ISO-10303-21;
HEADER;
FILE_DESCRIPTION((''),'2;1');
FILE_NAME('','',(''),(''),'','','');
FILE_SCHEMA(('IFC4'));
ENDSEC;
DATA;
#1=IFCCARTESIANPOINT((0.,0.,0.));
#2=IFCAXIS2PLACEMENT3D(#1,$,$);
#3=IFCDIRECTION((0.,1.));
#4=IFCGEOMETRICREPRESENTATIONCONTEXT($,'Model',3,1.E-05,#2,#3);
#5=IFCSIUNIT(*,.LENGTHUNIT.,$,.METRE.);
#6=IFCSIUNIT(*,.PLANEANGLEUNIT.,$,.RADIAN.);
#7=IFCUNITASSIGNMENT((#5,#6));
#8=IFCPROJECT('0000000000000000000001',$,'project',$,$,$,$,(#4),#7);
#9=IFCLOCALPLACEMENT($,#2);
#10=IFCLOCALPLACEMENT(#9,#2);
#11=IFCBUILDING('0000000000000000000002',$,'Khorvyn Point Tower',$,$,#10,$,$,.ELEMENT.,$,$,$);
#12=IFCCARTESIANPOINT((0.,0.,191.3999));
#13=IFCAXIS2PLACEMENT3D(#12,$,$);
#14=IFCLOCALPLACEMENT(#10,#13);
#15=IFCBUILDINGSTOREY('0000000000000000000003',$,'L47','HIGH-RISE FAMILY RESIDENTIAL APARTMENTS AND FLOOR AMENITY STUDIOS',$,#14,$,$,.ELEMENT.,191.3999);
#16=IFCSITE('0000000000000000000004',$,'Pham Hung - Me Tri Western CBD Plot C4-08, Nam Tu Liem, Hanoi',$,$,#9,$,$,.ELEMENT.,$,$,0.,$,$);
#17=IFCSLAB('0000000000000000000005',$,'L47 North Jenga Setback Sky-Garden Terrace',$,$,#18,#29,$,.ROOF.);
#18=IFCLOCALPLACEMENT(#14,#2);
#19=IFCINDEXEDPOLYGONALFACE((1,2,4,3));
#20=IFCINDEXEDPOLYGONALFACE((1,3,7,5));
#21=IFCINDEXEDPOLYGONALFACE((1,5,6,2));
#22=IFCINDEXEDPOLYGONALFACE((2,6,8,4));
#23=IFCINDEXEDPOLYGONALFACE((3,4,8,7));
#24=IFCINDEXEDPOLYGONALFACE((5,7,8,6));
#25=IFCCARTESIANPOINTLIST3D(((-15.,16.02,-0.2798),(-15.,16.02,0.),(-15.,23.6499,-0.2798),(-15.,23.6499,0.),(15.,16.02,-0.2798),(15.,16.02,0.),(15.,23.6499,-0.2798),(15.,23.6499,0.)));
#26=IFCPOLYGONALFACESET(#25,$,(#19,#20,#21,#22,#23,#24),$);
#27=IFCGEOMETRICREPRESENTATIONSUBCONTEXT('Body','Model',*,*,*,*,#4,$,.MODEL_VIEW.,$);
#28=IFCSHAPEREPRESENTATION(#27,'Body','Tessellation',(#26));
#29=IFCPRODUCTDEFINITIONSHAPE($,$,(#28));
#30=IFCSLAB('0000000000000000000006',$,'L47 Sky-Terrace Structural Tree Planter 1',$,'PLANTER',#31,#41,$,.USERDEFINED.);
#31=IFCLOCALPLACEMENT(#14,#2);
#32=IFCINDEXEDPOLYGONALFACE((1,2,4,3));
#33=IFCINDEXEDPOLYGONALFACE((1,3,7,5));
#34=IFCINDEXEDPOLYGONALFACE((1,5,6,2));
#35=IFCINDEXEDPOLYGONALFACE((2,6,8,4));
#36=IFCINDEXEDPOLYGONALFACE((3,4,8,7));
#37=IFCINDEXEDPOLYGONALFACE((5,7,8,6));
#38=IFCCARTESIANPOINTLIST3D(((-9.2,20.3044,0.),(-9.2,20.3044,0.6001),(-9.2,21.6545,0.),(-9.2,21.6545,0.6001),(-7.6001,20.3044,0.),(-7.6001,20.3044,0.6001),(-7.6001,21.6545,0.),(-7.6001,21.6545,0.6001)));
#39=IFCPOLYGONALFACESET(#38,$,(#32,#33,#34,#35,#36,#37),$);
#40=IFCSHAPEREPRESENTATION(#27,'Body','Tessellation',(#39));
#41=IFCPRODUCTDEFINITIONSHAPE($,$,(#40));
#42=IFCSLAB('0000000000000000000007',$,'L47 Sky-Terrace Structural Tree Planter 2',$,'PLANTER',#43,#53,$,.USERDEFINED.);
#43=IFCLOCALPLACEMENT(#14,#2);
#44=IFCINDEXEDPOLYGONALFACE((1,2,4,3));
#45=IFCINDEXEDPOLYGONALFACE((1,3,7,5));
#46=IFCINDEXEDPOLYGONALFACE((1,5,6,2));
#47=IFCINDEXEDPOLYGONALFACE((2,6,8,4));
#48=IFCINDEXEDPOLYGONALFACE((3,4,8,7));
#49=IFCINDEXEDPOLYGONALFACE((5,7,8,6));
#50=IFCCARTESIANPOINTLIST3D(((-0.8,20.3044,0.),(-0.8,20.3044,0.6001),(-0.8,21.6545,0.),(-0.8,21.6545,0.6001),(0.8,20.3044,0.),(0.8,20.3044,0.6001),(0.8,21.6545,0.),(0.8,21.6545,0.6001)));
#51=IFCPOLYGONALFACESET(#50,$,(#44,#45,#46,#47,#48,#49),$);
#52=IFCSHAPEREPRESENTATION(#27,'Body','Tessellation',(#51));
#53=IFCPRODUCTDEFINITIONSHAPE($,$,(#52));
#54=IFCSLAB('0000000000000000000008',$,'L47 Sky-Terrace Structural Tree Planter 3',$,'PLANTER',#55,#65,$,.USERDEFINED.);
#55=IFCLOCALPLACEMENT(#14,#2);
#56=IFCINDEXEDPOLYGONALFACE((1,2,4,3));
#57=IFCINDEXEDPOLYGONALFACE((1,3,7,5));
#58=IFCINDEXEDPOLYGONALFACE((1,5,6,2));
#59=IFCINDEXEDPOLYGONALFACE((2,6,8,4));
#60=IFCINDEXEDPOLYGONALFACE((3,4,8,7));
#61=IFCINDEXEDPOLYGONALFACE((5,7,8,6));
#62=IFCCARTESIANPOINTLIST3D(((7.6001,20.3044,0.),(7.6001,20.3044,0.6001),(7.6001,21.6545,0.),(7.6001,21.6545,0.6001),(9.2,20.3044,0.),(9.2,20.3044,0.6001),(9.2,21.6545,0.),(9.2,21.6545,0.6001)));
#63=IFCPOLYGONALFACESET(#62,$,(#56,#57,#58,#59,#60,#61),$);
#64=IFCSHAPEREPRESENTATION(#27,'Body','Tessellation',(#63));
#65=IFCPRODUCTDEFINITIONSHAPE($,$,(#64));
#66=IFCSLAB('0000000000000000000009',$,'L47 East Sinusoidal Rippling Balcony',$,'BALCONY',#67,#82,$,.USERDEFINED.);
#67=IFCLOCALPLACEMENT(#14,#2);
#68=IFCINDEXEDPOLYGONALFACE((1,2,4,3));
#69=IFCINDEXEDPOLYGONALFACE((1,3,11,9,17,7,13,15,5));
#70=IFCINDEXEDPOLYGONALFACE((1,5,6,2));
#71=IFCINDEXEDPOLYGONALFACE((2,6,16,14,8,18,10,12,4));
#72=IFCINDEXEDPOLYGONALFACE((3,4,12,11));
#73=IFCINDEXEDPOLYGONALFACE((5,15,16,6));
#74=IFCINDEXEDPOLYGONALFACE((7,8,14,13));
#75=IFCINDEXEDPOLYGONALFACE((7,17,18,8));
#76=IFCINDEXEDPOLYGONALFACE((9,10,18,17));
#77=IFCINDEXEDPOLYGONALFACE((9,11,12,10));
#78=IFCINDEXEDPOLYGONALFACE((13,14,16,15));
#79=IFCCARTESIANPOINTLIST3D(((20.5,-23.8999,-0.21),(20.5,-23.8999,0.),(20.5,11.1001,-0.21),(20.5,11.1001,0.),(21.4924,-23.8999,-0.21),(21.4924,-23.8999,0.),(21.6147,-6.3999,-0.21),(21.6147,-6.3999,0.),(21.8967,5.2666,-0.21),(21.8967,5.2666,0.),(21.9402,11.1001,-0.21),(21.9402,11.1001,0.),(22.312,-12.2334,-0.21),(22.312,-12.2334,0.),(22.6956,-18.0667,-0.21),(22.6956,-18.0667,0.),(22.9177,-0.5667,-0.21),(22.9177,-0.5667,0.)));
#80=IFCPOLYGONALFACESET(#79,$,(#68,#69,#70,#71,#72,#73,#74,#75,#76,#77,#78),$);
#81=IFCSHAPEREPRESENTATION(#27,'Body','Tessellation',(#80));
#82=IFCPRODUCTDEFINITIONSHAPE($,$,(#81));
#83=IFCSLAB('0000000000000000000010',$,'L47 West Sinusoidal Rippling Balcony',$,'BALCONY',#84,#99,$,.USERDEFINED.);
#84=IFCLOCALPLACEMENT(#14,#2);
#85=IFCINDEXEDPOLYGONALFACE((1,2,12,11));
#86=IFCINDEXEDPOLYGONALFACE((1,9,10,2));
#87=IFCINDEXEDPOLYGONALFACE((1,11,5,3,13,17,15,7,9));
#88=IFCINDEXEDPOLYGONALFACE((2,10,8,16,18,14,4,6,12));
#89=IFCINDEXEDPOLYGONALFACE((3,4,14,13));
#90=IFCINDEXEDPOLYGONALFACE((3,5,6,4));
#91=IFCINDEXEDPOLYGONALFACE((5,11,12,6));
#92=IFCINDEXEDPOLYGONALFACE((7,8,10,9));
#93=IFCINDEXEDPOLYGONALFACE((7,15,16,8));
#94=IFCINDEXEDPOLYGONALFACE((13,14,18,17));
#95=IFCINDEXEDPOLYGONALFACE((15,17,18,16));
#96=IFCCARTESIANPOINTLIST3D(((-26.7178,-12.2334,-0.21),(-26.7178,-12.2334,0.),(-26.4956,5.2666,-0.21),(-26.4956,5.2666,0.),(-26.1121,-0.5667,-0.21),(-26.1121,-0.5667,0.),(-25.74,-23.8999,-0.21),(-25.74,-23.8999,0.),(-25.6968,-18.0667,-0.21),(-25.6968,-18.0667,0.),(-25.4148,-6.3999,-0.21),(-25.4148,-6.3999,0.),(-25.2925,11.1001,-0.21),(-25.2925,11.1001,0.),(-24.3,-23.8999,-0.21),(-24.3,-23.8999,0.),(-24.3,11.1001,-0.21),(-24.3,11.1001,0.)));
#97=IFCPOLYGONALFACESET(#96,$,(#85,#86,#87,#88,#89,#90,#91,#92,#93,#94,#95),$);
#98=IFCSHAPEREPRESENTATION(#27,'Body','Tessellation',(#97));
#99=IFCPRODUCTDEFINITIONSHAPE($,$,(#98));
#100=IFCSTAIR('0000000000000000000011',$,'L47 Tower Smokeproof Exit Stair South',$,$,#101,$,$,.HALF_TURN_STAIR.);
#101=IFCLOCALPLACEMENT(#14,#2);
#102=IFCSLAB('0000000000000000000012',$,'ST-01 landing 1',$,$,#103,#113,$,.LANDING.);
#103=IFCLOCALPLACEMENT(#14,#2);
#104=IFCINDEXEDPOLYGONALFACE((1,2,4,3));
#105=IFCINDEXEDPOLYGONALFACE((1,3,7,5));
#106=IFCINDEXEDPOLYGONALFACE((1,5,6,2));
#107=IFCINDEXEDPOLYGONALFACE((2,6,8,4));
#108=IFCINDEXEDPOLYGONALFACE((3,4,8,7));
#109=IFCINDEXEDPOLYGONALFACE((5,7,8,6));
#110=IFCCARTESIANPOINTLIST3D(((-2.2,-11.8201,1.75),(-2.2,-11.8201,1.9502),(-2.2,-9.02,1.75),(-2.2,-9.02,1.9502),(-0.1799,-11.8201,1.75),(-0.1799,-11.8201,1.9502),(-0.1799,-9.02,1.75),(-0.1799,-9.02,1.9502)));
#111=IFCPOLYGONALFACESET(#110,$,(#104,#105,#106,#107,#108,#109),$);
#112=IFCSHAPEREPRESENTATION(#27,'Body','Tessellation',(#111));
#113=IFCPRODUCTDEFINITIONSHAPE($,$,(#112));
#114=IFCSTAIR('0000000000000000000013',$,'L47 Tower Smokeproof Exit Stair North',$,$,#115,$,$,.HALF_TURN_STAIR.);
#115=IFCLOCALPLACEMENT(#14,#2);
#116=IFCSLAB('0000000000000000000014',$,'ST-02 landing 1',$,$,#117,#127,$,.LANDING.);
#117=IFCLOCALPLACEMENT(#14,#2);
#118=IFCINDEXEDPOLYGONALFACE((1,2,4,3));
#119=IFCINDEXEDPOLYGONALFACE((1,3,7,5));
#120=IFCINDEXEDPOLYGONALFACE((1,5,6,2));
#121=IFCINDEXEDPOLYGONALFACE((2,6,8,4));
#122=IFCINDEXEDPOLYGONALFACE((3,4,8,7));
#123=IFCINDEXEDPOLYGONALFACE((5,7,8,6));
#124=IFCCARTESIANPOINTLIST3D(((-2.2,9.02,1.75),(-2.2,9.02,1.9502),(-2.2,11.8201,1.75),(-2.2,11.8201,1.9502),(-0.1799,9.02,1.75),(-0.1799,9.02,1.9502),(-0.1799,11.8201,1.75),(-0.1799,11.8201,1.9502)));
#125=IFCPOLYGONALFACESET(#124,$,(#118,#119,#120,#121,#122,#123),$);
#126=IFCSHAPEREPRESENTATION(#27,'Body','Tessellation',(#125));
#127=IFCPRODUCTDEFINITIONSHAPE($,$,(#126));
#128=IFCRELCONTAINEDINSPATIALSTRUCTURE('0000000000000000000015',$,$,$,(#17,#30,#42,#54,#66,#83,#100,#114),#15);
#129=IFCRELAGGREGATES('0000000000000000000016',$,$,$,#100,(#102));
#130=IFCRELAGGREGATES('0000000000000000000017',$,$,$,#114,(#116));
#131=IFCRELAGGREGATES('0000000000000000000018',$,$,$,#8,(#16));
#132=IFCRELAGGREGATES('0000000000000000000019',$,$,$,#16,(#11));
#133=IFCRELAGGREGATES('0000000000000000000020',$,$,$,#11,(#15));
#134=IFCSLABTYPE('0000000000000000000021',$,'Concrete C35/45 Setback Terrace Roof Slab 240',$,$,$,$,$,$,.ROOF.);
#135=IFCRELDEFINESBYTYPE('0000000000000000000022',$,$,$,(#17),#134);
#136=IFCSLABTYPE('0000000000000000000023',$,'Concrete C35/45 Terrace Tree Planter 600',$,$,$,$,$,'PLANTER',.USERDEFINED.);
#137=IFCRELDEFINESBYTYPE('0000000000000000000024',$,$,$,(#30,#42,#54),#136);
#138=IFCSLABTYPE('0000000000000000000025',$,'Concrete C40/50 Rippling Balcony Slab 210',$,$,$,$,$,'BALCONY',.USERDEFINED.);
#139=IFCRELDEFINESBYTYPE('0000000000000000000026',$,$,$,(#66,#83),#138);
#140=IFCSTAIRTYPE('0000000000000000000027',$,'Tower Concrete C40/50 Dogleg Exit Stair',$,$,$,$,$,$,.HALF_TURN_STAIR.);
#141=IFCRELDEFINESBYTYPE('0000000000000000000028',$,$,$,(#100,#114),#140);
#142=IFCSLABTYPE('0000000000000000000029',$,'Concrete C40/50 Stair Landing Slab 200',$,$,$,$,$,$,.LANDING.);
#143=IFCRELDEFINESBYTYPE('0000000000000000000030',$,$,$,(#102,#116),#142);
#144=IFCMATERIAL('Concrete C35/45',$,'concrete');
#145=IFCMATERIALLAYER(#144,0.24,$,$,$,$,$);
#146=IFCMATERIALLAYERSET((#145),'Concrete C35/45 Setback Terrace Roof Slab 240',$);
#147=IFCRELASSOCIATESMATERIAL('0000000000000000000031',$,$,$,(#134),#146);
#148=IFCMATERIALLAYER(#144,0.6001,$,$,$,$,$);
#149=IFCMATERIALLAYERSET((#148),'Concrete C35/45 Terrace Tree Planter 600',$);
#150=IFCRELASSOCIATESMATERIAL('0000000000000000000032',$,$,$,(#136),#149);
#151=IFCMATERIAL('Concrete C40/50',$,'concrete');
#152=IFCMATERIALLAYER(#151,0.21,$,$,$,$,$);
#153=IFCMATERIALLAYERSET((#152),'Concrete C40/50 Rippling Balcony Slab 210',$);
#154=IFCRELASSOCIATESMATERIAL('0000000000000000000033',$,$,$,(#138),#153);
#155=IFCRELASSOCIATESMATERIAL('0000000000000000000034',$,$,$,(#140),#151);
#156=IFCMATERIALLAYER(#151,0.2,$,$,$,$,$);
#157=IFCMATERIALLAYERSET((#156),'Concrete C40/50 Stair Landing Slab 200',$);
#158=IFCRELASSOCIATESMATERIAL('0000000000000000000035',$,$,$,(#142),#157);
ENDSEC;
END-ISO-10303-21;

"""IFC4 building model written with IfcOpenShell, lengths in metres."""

from ifc_helpers import new_model, si_unit, direction, frame, origin, place, context, subcontext, project, spatial, polyline, outline, extrude, material, layer, layer_set, type_object, element, aggregate, save


model = new_model("IFC4")

# Units and contexts
model_context = context("Model", 3, precision=1e-05, world=origin(), true_north=direction((0.0, 1.0)))
body_context = subcontext(model_context, "Body", "Model", "MODEL_VIEW")
ifc_project = project(units=[si_unit("LENGTHUNIT", "METRE"), si_unit("PLANEANGLEUNIT", "RADIAN")], contexts=[model_context])

# Site, building, storey
site_placement = place(None, origin())
site = spatial("IfcSite", under=ifc_project, at=site_placement, Name="Pham Hung - Me Tri Western CBD Plot C4-08, Nam Tu Liem, Hanoi", CompositionType="ELEMENT", RefElevation=0.0)
building_placement = place(site_placement, origin())
building = spatial("IfcBuilding", under=site, at=building_placement, Name="Khorvyn Point Tower", CompositionType="ELEMENT")
storey_placement = place(building_placement, frame((0.0, 0.0, 191.3999)))
storey = spatial("IfcBuildingStorey", under=building, at=storey_placement, Name="L47", Description="HIGH-RISE FAMILY RESIDENTIAL APARTMENTS AND FLOOR AMENITY STUDIOS", CompositionType="ELEMENT", Elevation=191.3999)

# Slabs
ifc_material_1 = material(Name="Concrete C35/45", Category="concrete")
ifc_layer_1 = layer(ifc_material_1, 0.24)
ifc_layer_set_1 = layer_set([ifc_layer_1], Name="Concrete C35/45 Setback Terrace Roof Slab 240")
slab_type_1 = type_object("IfcSlabType", Name="Concrete C35/45 Setback Terrace Roof Slab 240", PredefinedType="ROOF", material=ifc_layer_set_1)
slab_1_placement = place(storey_placement, frame((0.0, 0.0, -0.2798)))
element("IfcSlab", 1, at=slab_1_placement, inside=storey, type_object=slab_type_1, Name="L47 North Jenga Setback Sky-Garden Terrace", PredefinedType="ROOF", context=body_context, shape_type="SweptSolid", body=[
    extrude(outline(polyline([(-15.0, 16.02), (15.0, 16.02), (15.0, 23.6499), (-15.0, 23.6499), (-15.0, 16.02)])), origin(), (0.0, 0.0, 1.0), 0.2798),
])
ifc_layer_2 = layer(ifc_material_1, 0.6001)
ifc_layer_set_2 = layer_set([ifc_layer_2], Name="Concrete C35/45 Terrace Tree Planter 600")
slab_type_2 = type_object("IfcSlabType", Name="Concrete C35/45 Terrace Tree Planter 600", ElementType="PLANTER", PredefinedType="USERDEFINED", material=ifc_layer_set_2)
slab_2_placement = place(storey_placement, origin())
element("IfcSlab", 2, at=slab_2_placement, inside=storey, type_object=slab_type_2, Name="L47 Sky-Terrace Structural Tree Planter 1", ObjectType="PLANTER", PredefinedType="USERDEFINED", context=body_context, shape_type="SweptSolid", body=[
    extrude(outline(polyline([(-9.2, 20.3044), (-7.6001, 20.3044), (-7.6001, 21.6545), (-9.2, 21.6545), (-9.2, 20.3044)])), origin(), (0.0, 0.0, 1.0), 0.6001),
])
slab_3_placement = place(storey_placement, origin())
element("IfcSlab", 3, at=slab_3_placement, inside=storey, type_object=slab_type_2, Name="L47 Sky-Terrace Structural Tree Planter 2", ObjectType="PLANTER", PredefinedType="USERDEFINED", context=body_context, shape_type="SweptSolid", body=[
    extrude(outline(polyline([(-0.8, 20.3044), (0.8, 20.3044), (0.8, 21.6545), (-0.8, 21.6545), (-0.8, 20.3044)])), origin(), (0.0, 0.0, 1.0), 0.6001),
])
slab_4_placement = place(storey_placement, origin())
element("IfcSlab", 4, at=slab_4_placement, inside=storey, type_object=slab_type_2, Name="L47 Sky-Terrace Structural Tree Planter 3", ObjectType="PLANTER", PredefinedType="USERDEFINED", context=body_context, shape_type="SweptSolid", body=[
    extrude(outline(polyline([(7.6001, 20.3044), (9.2, 20.3044), (9.2, 21.6545), (7.6001, 21.6545), (7.6001, 20.3044)])), origin(), (0.0, 0.0, 1.0), 0.6001),
])
ifc_material_2 = material(Name="Concrete C40/50", Category="concrete")
ifc_layer_3 = layer(ifc_material_2, 0.21)
ifc_layer_set_3 = layer_set([ifc_layer_3], Name="Concrete C40/50 Rippling Balcony Slab 210")
slab_type_3 = type_object("IfcSlabType", Name="Concrete C40/50 Rippling Balcony Slab 210", ElementType="BALCONY", PredefinedType="USERDEFINED", material=ifc_layer_set_3)
slab_5_placement = place(storey_placement, frame((0.0, 0.0, -0.21)))
element("IfcSlab", 5, at=slab_5_placement, inside=storey, type_object=slab_type_3, Name="L47 East Sinusoidal Rippling Balcony", ObjectType="BALCONY", PredefinedType="USERDEFINED", context=body_context, shape_type="SweptSolid", body=[
    extrude(outline(polyline([(20.5, -23.8999), (21.4924, -23.8999), (22.6956, -18.0667), (22.312, -12.2334), (21.6147, -6.3999), (22.9177, -0.5667), (21.8967, 5.2666), (21.9402, 11.1001), (20.5, 11.1001), (20.5, -23.8999)])), origin(), (0.0, 0.0, 1.0), 0.21),
])
slab_6_placement = place(storey_placement, frame((0.0, 0.0, -0.21)))
element("IfcSlab", 6, at=slab_6_placement, inside=storey, type_object=slab_type_3, Name="L47 West Sinusoidal Rippling Balcony", ObjectType="BALCONY", PredefinedType="USERDEFINED", context=body_context, shape_type="SweptSolid", body=[
    extrude(outline(polyline([(-24.3, 11.1001), (-25.2925, 11.1001), (-26.4956, 5.2666), (-26.1121, -0.5667), (-25.4148, -6.3999), (-26.7178, -12.2334), (-25.6968, -18.0667), (-25.74, -23.8999), (-24.3, -23.8999), (-24.3, 11.1001)])), origin(), (0.0, 0.0, 1.0), 0.21),
])

# Stairs, slabs
stair_type = type_object("IfcStairType", Name="Tower Concrete C40/50 Dogleg Exit Stair", PredefinedType="HALF_TURN_STAIR", material=ifc_material_2)
stair_1_placement = place(storey_placement, origin())
stair_1 = element("IfcStair", 7, at=stair_1_placement, inside=storey, type_object=stair_type, Name="L47 Tower Smokeproof Exit Stair South", PredefinedType="HALF_TURN_STAIR")
ifc_layer_4 = layer(ifc_material_2, 0.2)
ifc_layer_set_4 = layer_set([ifc_layer_4], Name="Concrete C40/50 Stair Landing Slab 200")
slab_type_4 = type_object("IfcSlabType", Name="Concrete C40/50 Stair Landing Slab 200", PredefinedType="LANDING", material=ifc_layer_set_4)
slab_7_placement = place(storey_placement, frame((0.0, 0.0, 1.75)))
slab_7 = element("IfcSlab", 8, at=slab_7_placement, type_object=slab_type_4, Name="ST-01 landing 1", PredefinedType="LANDING", context=body_context, shape_type="SweptSolid", body=[
    extrude(outline(polyline([(-0.1799, -9.02), (-2.2, -9.02), (-2.2, -11.8201), (-0.1799, -11.8201), (-0.1799, -9.02)])), origin(), (0.0, 0.0, 1.0), 0.2002),
])
aggregate(stair_1, [slab_7])
stair_2_placement = place(storey_placement, origin())
stair_2 = element("IfcStair", 9, at=stair_2_placement, inside=storey, type_object=stair_type, Name="L47 Tower Smokeproof Exit Stair North", PredefinedType="HALF_TURN_STAIR")
slab_8_placement = place(storey_placement, frame((0.0, 0.0, 1.75)))
slab_8 = element("IfcSlab", 10, at=slab_8_placement, type_object=slab_type_4, Name="ST-02 landing 1", PredefinedType="LANDING", context=body_context, shape_type="SweptSolid", body=[
    extrude(outline(polyline([(-0.1799, 11.8201), (-2.2, 11.8201), (-2.2, 9.02), (-0.1799, 9.02), (-0.1799, 11.8201)])), origin(), (0.0, 0.0, 1.0), 0.2002),
])
aggregate(stair_2, [slab_8])

save(model, "model.ifc")
